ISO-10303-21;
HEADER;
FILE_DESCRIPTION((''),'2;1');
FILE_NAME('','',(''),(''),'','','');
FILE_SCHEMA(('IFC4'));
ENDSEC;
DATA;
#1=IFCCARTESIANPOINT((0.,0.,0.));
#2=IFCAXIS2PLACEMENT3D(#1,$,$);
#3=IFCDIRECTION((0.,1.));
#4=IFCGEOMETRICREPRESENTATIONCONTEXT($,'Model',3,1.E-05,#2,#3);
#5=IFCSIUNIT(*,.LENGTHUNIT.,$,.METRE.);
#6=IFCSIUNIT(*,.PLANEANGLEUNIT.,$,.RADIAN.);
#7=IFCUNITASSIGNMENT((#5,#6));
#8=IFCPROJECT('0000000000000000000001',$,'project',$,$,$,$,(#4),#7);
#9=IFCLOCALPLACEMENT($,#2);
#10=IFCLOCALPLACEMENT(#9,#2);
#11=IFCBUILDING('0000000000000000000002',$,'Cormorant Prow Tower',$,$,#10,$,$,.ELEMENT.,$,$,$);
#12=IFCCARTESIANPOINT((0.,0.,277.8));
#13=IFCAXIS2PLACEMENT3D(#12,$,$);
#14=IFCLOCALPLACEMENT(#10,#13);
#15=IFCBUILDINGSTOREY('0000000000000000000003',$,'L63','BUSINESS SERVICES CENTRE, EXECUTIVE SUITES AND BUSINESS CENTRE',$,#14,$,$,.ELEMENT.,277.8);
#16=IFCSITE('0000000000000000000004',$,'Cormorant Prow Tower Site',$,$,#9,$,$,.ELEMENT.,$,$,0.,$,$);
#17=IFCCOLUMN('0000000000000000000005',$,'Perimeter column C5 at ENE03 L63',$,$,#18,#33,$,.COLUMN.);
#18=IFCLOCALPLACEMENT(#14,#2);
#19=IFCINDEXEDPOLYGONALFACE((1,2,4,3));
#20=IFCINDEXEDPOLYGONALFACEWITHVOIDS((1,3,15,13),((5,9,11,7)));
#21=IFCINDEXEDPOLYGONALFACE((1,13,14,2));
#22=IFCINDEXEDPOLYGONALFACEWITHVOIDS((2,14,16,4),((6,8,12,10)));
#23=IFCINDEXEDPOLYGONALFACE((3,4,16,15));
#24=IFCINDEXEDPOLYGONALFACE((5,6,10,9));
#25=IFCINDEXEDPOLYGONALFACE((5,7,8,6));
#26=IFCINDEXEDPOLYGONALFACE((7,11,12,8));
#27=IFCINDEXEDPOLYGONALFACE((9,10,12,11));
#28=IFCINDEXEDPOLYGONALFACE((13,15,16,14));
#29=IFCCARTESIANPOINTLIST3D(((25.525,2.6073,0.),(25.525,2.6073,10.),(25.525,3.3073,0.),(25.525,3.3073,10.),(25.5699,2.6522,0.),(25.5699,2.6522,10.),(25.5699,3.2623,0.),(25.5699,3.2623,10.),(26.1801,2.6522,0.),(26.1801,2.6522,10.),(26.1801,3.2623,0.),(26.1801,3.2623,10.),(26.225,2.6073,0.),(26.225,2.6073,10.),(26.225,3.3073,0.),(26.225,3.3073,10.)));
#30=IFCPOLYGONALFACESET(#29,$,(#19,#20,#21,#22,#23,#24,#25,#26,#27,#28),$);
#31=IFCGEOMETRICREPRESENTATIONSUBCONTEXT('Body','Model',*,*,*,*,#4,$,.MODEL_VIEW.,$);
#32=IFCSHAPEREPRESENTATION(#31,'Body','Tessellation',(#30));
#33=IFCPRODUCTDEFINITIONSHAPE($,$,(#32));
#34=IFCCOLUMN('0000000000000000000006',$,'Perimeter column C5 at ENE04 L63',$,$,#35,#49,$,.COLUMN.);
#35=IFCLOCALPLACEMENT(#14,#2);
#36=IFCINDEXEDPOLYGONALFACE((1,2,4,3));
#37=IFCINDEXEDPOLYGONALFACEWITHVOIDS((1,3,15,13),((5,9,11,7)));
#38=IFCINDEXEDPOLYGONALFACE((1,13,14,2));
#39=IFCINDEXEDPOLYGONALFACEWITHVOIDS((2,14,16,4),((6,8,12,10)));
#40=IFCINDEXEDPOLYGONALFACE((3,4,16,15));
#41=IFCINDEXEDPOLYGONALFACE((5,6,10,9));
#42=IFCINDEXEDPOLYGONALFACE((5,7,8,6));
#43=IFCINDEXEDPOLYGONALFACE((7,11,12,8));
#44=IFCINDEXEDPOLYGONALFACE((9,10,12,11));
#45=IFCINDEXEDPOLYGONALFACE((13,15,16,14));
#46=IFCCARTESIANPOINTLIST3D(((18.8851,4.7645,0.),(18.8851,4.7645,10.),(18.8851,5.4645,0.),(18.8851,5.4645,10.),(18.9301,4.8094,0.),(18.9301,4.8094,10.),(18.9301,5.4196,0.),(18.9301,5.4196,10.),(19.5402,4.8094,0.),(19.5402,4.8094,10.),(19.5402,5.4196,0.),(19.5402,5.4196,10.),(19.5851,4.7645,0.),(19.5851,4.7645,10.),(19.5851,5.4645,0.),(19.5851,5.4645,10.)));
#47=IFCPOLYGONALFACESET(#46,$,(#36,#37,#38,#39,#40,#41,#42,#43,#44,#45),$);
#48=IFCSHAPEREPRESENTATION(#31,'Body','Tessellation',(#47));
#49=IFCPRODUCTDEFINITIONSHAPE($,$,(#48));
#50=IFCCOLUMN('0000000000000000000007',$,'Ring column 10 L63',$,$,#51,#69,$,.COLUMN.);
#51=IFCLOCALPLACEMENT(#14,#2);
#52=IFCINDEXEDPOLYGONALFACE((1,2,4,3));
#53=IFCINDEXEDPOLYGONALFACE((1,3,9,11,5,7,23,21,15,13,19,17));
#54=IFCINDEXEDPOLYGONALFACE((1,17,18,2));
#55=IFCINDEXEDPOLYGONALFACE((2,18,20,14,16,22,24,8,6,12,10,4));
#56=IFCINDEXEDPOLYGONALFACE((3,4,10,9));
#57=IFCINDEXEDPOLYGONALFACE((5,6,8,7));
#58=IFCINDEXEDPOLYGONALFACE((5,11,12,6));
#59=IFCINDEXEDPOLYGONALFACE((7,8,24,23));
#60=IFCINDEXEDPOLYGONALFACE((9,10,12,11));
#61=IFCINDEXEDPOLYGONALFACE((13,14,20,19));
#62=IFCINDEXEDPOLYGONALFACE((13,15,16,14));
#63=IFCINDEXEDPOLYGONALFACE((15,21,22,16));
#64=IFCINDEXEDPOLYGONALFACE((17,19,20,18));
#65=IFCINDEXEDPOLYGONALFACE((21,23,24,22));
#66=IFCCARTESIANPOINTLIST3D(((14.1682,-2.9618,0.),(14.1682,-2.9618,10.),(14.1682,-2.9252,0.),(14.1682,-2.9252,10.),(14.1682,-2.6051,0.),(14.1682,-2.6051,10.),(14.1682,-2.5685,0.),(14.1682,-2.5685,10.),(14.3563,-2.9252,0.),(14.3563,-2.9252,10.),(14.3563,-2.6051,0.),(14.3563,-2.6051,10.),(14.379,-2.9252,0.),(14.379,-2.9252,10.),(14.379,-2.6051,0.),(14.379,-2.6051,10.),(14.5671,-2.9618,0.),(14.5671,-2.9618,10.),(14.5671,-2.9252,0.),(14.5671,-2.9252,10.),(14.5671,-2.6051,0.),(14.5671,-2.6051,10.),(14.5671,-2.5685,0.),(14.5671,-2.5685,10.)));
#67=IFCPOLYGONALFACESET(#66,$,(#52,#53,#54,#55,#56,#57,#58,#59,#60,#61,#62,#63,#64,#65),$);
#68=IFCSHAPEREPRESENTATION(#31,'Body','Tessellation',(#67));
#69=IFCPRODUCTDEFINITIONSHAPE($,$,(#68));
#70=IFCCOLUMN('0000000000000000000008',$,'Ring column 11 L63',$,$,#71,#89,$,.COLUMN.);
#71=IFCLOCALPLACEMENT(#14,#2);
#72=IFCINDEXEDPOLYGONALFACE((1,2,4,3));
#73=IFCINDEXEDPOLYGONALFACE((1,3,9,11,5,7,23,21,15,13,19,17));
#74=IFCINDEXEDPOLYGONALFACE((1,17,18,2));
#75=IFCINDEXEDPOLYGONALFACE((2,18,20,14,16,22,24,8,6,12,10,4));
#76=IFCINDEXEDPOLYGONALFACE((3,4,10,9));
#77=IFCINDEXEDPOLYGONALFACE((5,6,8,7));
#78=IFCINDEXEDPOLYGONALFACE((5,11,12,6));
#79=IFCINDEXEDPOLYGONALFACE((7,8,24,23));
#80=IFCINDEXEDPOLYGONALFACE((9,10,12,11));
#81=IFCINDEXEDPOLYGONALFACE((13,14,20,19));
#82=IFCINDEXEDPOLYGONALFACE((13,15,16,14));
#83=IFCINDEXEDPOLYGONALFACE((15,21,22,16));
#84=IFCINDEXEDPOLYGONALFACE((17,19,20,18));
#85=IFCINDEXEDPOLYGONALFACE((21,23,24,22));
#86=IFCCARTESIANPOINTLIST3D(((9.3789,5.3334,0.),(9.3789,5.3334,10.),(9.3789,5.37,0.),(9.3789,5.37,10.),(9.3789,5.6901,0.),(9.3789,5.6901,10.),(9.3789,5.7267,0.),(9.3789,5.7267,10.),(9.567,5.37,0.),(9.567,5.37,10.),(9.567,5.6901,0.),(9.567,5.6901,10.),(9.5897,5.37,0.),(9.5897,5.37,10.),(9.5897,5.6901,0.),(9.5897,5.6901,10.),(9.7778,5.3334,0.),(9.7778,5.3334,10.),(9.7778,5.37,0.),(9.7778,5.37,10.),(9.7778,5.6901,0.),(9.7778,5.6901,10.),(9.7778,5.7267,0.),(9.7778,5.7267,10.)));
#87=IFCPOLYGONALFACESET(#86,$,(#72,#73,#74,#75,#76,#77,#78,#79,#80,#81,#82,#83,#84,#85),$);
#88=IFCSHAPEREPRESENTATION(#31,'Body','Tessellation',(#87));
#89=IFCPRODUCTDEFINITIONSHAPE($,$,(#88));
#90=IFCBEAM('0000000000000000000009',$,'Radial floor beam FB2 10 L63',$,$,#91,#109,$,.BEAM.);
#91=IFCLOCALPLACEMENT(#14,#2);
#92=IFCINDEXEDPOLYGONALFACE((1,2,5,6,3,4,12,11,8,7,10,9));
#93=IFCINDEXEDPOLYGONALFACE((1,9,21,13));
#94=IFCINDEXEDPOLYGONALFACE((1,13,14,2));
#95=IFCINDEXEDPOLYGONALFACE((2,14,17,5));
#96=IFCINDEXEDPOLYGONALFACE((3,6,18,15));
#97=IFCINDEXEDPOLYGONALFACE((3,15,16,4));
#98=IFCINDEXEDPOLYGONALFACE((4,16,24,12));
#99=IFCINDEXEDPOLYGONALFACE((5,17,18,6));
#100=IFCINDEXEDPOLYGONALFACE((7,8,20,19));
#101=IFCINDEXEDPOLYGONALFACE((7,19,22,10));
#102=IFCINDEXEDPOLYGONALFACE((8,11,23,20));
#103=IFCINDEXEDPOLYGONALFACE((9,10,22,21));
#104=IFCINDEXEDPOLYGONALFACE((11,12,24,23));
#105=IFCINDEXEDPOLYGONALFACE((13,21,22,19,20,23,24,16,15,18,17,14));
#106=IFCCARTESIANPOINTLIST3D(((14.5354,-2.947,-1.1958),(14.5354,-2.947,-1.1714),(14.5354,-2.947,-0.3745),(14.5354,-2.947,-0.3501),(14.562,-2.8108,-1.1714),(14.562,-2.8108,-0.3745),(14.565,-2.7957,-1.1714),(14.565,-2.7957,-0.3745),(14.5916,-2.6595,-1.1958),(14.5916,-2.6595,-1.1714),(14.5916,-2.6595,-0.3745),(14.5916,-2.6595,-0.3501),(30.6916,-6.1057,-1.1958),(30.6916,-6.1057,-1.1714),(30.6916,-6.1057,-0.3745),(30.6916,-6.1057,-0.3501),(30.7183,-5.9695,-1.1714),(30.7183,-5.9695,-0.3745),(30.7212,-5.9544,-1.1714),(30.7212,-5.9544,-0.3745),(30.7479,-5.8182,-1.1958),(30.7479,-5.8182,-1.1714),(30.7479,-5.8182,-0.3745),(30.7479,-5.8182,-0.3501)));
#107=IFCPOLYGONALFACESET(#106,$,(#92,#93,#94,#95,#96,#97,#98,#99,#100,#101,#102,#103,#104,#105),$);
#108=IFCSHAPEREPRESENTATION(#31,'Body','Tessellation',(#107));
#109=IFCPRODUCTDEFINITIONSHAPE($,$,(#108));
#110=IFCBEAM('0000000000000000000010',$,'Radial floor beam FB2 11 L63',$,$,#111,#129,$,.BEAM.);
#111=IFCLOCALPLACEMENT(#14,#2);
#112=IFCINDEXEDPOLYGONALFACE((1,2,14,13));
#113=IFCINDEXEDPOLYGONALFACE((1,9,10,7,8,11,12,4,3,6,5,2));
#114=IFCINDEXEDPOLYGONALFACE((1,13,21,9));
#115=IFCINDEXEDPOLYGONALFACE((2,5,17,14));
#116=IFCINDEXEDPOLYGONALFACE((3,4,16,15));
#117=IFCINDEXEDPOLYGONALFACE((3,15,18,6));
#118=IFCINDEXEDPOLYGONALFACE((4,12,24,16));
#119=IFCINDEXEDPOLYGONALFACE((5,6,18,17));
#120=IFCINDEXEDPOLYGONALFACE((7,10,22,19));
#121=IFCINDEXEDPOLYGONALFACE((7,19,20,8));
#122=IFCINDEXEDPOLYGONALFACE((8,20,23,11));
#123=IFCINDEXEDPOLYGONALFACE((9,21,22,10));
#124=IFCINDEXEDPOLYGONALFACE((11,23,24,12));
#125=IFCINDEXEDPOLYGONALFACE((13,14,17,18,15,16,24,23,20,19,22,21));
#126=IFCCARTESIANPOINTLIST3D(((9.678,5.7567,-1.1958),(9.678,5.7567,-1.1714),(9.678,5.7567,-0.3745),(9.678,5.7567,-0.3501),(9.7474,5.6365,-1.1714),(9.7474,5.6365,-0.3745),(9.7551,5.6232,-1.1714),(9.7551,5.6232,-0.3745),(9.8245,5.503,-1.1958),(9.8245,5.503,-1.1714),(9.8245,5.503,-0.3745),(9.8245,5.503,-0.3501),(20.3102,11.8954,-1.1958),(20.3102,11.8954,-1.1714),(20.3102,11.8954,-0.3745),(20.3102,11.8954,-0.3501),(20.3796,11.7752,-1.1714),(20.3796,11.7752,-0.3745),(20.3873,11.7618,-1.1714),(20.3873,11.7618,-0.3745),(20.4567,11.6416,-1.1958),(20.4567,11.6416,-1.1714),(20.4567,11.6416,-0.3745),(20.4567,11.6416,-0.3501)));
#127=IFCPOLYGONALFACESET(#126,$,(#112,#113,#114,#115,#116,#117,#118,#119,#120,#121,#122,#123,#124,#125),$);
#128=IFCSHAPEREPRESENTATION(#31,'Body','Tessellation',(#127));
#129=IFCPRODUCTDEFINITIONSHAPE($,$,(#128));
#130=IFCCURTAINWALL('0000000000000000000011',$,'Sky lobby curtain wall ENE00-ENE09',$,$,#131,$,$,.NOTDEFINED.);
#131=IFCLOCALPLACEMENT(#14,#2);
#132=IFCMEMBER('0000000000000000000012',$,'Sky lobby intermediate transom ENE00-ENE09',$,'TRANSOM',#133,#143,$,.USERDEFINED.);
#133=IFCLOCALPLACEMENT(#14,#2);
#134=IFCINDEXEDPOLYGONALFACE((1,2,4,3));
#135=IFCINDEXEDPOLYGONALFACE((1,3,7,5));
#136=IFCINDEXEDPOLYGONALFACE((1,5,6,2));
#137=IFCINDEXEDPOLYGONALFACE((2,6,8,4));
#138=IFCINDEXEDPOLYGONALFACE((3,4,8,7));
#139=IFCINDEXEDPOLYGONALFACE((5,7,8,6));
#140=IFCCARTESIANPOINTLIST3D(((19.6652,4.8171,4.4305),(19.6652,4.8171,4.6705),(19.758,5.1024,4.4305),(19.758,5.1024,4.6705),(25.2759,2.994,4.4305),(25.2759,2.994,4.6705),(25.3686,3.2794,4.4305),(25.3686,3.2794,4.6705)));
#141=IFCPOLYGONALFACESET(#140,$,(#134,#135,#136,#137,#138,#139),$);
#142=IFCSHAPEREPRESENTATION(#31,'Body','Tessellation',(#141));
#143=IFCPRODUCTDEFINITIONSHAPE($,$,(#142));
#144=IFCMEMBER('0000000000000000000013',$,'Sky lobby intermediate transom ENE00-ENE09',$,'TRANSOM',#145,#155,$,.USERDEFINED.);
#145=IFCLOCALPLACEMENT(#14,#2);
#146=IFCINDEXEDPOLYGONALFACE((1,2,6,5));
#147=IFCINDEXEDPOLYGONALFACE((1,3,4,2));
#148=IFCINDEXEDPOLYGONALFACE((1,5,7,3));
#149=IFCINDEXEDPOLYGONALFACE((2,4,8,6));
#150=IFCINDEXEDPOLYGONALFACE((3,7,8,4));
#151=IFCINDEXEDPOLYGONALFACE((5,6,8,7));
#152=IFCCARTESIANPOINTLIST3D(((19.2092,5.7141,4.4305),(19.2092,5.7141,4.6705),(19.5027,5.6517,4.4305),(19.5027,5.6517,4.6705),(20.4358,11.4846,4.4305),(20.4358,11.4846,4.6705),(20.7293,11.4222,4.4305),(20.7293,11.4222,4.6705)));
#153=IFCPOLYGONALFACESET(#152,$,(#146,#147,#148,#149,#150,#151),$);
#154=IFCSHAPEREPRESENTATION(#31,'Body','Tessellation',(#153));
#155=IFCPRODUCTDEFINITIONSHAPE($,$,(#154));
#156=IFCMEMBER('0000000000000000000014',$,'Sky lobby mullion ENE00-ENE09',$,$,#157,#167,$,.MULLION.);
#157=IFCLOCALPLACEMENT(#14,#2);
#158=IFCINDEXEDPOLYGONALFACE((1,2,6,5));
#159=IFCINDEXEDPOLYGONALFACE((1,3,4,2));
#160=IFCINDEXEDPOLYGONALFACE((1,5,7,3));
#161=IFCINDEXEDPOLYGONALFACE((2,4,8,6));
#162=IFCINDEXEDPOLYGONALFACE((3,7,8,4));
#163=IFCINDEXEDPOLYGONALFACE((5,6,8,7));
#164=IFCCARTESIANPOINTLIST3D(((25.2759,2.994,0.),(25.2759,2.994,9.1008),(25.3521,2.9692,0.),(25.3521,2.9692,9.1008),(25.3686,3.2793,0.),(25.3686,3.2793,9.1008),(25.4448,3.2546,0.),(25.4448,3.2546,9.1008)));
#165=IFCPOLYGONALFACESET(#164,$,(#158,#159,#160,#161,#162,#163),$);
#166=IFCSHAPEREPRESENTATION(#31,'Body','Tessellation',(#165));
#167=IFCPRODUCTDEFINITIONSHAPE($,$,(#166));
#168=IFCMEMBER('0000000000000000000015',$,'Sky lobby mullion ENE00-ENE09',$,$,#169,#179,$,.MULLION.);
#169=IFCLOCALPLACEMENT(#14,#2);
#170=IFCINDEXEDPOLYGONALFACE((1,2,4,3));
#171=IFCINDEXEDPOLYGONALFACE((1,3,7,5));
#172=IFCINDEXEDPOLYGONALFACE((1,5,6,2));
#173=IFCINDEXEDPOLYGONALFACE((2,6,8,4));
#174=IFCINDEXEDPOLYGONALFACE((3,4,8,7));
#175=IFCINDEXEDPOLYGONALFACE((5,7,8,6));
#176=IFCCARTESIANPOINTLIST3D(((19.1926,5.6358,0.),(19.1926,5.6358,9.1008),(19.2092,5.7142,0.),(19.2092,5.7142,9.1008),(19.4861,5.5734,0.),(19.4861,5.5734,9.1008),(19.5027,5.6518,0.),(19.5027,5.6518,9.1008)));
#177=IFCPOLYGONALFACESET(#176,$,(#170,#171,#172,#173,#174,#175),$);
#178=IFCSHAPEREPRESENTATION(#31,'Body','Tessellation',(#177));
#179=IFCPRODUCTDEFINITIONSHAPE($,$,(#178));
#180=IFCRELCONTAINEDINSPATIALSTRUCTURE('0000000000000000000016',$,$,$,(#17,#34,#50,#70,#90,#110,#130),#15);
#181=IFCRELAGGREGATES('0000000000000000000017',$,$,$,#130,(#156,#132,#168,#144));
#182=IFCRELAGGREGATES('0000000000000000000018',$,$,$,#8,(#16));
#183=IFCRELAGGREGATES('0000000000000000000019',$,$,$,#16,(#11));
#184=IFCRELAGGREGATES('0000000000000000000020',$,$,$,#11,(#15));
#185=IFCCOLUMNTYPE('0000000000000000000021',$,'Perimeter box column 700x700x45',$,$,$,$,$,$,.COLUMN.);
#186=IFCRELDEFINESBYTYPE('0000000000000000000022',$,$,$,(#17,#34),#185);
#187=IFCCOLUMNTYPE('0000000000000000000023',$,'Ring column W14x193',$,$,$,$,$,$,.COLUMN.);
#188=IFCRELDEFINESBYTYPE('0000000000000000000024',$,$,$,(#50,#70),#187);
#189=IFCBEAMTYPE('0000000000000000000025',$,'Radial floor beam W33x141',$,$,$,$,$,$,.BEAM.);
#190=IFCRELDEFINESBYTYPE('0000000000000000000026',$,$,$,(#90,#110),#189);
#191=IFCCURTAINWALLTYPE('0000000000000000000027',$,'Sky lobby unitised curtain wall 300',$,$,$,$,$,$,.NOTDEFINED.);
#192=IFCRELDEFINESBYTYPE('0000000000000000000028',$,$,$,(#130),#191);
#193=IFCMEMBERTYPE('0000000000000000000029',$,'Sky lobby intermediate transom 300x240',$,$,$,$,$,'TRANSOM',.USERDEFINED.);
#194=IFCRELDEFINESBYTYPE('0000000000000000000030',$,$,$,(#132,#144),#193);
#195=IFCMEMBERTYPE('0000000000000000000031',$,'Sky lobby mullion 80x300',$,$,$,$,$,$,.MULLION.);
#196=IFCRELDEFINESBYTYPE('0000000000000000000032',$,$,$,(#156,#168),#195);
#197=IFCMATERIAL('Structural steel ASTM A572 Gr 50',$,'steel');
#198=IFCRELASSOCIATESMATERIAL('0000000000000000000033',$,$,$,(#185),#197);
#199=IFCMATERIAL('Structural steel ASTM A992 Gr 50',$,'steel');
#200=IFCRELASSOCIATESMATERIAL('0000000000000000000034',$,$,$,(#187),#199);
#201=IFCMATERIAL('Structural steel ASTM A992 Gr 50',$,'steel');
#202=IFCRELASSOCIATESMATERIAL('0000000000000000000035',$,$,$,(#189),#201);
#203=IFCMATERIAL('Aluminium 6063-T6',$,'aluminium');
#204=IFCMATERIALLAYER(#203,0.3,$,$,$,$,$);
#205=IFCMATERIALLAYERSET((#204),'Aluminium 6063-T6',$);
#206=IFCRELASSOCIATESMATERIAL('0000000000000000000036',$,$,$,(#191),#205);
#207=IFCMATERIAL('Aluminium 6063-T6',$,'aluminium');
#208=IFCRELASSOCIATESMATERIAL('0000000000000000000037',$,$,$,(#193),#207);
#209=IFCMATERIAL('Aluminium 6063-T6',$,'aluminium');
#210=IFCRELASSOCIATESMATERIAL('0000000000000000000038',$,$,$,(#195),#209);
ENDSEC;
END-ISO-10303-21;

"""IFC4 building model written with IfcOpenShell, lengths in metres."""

from ifc_helpers import new_model, si_unit, direction, frame, origin, origin_2d, place, context, subcontext, project, spatial, rectangle, hollow_rectangle, i_section, extrude, material, layer, layer_set, material_profile, profile_set, type_object, element, aggregate, save


model = new_model("IFC4")

# Units and contexts
model_context = context("Model", 3, precision=1e-05, world=origin(), true_north=direction((0.0, 1.0)))
body_context = subcontext(model_context, "Body", "Model", "MODEL_VIEW")
ifc_project = project(units=[si_unit("LENGTHUNIT", "METRE"), si_unit("PLANEANGLEUNIT", "RADIAN")], contexts=[model_context])

# Site, building, storey
site_placement = place(None, origin())
site = spatial("IfcSite", under=ifc_project, at=site_placement, Name="Cormorant Prow Tower Site", CompositionType="ELEMENT", RefElevation=0.0)
building_placement = place(site_placement, origin())
building = spatial("IfcBuilding", under=site, at=building_placement, Name="Cormorant Prow Tower", CompositionType="ELEMENT")
storey_placement = place(building_placement, frame((0.0, 0.0, 277.8)))
storey = spatial("IfcBuildingStorey", under=building, at=storey_placement, Name="L63", Description="BUSINESS SERVICES CENTRE, EXECUTIVE SUITES AND BUSINESS CENTRE", CompositionType="ELEMENT", Elevation=277.8)

# Columns
ifc_material_1 = material(Name="Structural steel ASTM A572 Gr 50", Category="steel")
ifc_material_profile_1 = material_profile(ifc_material_1, hollow_rectangle(XDim=0.7, YDim=0.7, WallThickness=0.0449, at=origin_2d()), Name="Box 700x700x45")
ifc_profile_set_1 = profile_set([ifc_material_profile_1], Name="Structural steel ASTM A572 Gr 50")
column_type_1 = type_object("IfcColumnType", Name="Perimeter box column 700x700x45", PredefinedType="COLUMN", material=ifc_profile_set_1)
for number, where, z_axis, x_axis, name in (
    (1, (25.875, 2.9573, 0.0), (0.0, 0.0, 1.0), (1.0, 0.0, 0.0), "Perimeter column C5 at ENE03 L63"),
    (2, (19.2351, 5.1145, 0.0), (0.0, 0.0, 1.0), (1.0, 0.0, 0.0), "Perimeter column C5 at ENE04 L63"),
):
    element("IfcColumn", number, at=place(storey_placement, frame(where, z_axis=z_axis, x_axis=x_axis)), inside=storey, type_object=column_type_1, Name=name, PredefinedType="COLUMN", context=body_context, shape_type="SweptSolid", body=[
        extrude(hollow_rectangle(XDim=0.7, YDim=0.7, WallThickness=0.0449, at=origin_2d()), origin(), (0.0, 0.0, 1.0), 10.0),
    ])
ifc_material_2 = material(Name="Structural steel ASTM A992 Gr 50", Category="steel")
ifc_material_profile_2 = material_profile(ifc_material_2, i_section(OverallWidth=0.3989, OverallDepth=0.3933, WebThickness=0.0227, FlangeThickness=0.0366, at=origin_2d()), Name="W14x193")
ifc_profile_set_2 = profile_set([ifc_material_profile_2], Name="Structural steel ASTM A992 Gr 50")
column_type_2 = type_object("IfcColumnType", Name="Ring column W14x193", PredefinedType="COLUMN", material=ifc_profile_set_2)
for number, where, z_axis, x_axis, name in (
    (3, (14.3677, -2.7651, 0.0), (0.0, 0.0, 1.0), (1.0, 0.0, 0.0), "Ring column 10 L63"),
    (4, (9.5784, 5.53, 0.0), (0.0, 0.0, 1.0), (1.0, 0.0, 0.0), "Ring column 11 L63"),
):
    element("IfcColumn", number, at=place(storey_placement, frame(where, z_axis=z_axis, x_axis=x_axis)), inside=storey, type_object=column_type_2, Name=name, PredefinedType="COLUMN", context=body_context, shape_type="SweptSolid", body=[
        extrude(i_section(OverallWidth=0.3989, OverallDepth=0.3933, WebThickness=0.0227, FlangeThickness=0.0366, at=origin_2d()), origin(), (0.0, 0.0, 1.0), 10.0),
    ])

# Beams
ifc_material_3 = material(Name="Structural steel ASTM A992 Gr 50", Category="steel")
ifc_material_profile_3 = material_profile(ifc_material_3, i_section(OverallWidth=0.293, OverallDepth=0.8457, WebThickness=0.0154, FlangeThickness=0.0244, at=origin_2d()), Name="W33x141")
ifc_profile_set_3 = profile_set([ifc_material_profile_3], Name="Structural steel ASTM A992 Gr 50")
beam_type_1 = type_object("IfcBeamType", Name="Radial floor beam W33x141", PredefinedType="BEAM", material=ifc_profile_set_3)
beam_1_placement = place(storey_placement, frame((14.5635, -2.8032, -0.7729), z_axis=(0.981419, -0.191876, 0.0), x_axis=(0.191876, 0.981419, 0.0)))
element("IfcBeam", 5, at=beam_1_placement, inside=storey, type_object=beam_type_1, Name="Radial floor beam FB2 10 L63", PredefinedType="BEAM", context=body_context, shape_type="SweptSolid", body=[
    extrude(i_section(OverallWidth=0.293, OverallDepth=0.8457, WebThickness=0.0154, FlangeThickness=0.0244, at=origin_2d()), origin(), (0.0, 0.0, 1.0), 16.4622),
])
beam_2_placement = place(storey_placement, frame((9.7512, 5.6299, -0.7729), z_axis=(0.866022, 0.500006, 0.0), x_axis=(-0.500006, 0.866022, 0.0)))
element("IfcBeam", 6, at=beam_2_placement, inside=storey, type_object=beam_type_1, Name="Radial floor beam FB2 11 L63", PredefinedType="BEAM", context=body_context, shape_type="SweptSolid", body=[
    extrude(i_section(OverallWidth=0.293, OverallDepth=0.8457, WebThickness=0.0154, FlangeThickness=0.0244, at=origin_2d()), origin(), (0.0, 0.0, 1.0), 12.2771),
])

# Curtain wall, members
ifc_material_4 = material(Name="Aluminium 6063-T6", Category="aluminium")
ifc_layer_1 = layer(ifc_material_4, 0.3)
ifc_layer_set_1 = layer_set([ifc_layer_1], Name="Aluminium 6063-T6")
curtain_wall_type = type_object("IfcCurtainWallType", Name="Sky lobby unitised curtain wall 300", PredefinedType="NOTDEFINED", material=ifc_layer_set_1)
curtain_wall_placement = place(storey_placement, origin())
curtain_wall = element("IfcCurtainWall", 7, at=curtain_wall_placement, inside=storey, type_object=curtain_wall_type, Name="Sky lobby curtain wall ENE00-ENE09", PredefinedType="NOTDEFINED")
ifc_material_5 = material(Name="Aluminium 6063-T6", Category="aluminium")
ifc_material_profile_4 = material_profile(ifc_material_5, rectangle(XDim=0.3, YDim=0.24, at=origin_2d()), Name="Sky lobby intermediate transom 300x240")
ifc_profile_set_4 = profile_set([ifc_material_profile_4], Name="Aluminium 6063-T6")
member_type_1 = type_object("IfcMemberType", Name="Sky lobby intermediate transom 300x240", ElementType="TRANSOM", PredefinedType="USERDEFINED", material=ifc_profile_set_4)
member_1_placement = place(storey_placement, frame((25.3223, 3.1367, 4.5505), z_axis=(-0.951056, 0.309018, 0.0), x_axis=(-0.309018, -0.951056, 0.0)))
member_1 = element("IfcMember", 8, at=member_1_placement, type_object=member_type_1, Name="Sky lobby intermediate transom ENE00-ENE09", ObjectType="TRANSOM", PredefinedType="USERDEFINED", context=body_context, shape_type="SweptSolid", body=[
    extrude(rectangle(XDim=0.3, YDim=0.24, at=origin_2d()), origin(), (0.0, 0.0, 1.0), 5.8994),
])
member_2_placement = place(storey_placement, frame((19.356, 5.6829, 4.5505), z_axis=(0.207912, 0.978147, 0.0), x_axis=(-0.978147, 0.207912, 0.0)))
member_2 = element("IfcMember", 9, at=member_2_placement, type_object=member_type_1, Name="Sky lobby intermediate transom ENE00-ENE09", ObjectType="TRANSOM", PredefinedType="USERDEFINED", context=body_context, shape_type="SweptSolid", body=[
    extrude(rectangle(XDim=0.3, YDim=0.24, at=origin_2d()), origin(), (0.0, 0.0, 1.0), 5.8994),
])
ifc_material_6 = material(Name="Aluminium 6063-T6", Category="aluminium")
ifc_material_profile_5 = material_profile(ifc_material_6, rectangle(XDim=0.3, YDim=0.0801, at=origin_2d()), Name="Sky lobby mullion 80x300")
ifc_profile_set_5 = profile_set([ifc_material_profile_5], Name="Aluminium 6063-T6")
member_type_2 = type_object("IfcMemberType", Name="Sky lobby mullion 80x300", PredefinedType="MULLION", material=ifc_profile_set_5)
member_3_placement = place(storey_placement, frame((25.3604, 3.1243, 0.0), z_axis=(0.0, 0.0, 1.0), x_axis=(-0.309017, -0.951057, 0.0)))
member_3 = element("IfcMember", 10, at=member_3_placement, type_object=member_type_2, Name="Sky lobby mullion ENE00-ENE09", PredefinedType="MULLION", context=body_context, shape_type="SweptSolid", body=[
    extrude(rectangle(XDim=0.3, YDim=0.0801, at=origin_2d()), origin(), (0.0, 0.0, 1.0), 9.1008),
])
member_4_placement = place(storey_placement, frame((19.3477, 5.6438, 0.0), z_axis=(0.0, 0.0, 1.0), x_axis=(-0.978148, 0.207912, 0.0)))
member_4 = element("IfcMember", 11, at=member_4_placement, type_object=member_type_2, Name="Sky lobby mullion ENE00-ENE09", PredefinedType="MULLION", context=body_context, shape_type="SweptSolid", body=[
    extrude(rectangle(XDim=0.3, YDim=0.0801, at=origin_2d()), origin(), (0.0, 0.0, 1.0), 9.1008),
])

aggregate(curtain_wall, [member_3, member_1, member_4, member_2])

save(model, "model.ifc")
